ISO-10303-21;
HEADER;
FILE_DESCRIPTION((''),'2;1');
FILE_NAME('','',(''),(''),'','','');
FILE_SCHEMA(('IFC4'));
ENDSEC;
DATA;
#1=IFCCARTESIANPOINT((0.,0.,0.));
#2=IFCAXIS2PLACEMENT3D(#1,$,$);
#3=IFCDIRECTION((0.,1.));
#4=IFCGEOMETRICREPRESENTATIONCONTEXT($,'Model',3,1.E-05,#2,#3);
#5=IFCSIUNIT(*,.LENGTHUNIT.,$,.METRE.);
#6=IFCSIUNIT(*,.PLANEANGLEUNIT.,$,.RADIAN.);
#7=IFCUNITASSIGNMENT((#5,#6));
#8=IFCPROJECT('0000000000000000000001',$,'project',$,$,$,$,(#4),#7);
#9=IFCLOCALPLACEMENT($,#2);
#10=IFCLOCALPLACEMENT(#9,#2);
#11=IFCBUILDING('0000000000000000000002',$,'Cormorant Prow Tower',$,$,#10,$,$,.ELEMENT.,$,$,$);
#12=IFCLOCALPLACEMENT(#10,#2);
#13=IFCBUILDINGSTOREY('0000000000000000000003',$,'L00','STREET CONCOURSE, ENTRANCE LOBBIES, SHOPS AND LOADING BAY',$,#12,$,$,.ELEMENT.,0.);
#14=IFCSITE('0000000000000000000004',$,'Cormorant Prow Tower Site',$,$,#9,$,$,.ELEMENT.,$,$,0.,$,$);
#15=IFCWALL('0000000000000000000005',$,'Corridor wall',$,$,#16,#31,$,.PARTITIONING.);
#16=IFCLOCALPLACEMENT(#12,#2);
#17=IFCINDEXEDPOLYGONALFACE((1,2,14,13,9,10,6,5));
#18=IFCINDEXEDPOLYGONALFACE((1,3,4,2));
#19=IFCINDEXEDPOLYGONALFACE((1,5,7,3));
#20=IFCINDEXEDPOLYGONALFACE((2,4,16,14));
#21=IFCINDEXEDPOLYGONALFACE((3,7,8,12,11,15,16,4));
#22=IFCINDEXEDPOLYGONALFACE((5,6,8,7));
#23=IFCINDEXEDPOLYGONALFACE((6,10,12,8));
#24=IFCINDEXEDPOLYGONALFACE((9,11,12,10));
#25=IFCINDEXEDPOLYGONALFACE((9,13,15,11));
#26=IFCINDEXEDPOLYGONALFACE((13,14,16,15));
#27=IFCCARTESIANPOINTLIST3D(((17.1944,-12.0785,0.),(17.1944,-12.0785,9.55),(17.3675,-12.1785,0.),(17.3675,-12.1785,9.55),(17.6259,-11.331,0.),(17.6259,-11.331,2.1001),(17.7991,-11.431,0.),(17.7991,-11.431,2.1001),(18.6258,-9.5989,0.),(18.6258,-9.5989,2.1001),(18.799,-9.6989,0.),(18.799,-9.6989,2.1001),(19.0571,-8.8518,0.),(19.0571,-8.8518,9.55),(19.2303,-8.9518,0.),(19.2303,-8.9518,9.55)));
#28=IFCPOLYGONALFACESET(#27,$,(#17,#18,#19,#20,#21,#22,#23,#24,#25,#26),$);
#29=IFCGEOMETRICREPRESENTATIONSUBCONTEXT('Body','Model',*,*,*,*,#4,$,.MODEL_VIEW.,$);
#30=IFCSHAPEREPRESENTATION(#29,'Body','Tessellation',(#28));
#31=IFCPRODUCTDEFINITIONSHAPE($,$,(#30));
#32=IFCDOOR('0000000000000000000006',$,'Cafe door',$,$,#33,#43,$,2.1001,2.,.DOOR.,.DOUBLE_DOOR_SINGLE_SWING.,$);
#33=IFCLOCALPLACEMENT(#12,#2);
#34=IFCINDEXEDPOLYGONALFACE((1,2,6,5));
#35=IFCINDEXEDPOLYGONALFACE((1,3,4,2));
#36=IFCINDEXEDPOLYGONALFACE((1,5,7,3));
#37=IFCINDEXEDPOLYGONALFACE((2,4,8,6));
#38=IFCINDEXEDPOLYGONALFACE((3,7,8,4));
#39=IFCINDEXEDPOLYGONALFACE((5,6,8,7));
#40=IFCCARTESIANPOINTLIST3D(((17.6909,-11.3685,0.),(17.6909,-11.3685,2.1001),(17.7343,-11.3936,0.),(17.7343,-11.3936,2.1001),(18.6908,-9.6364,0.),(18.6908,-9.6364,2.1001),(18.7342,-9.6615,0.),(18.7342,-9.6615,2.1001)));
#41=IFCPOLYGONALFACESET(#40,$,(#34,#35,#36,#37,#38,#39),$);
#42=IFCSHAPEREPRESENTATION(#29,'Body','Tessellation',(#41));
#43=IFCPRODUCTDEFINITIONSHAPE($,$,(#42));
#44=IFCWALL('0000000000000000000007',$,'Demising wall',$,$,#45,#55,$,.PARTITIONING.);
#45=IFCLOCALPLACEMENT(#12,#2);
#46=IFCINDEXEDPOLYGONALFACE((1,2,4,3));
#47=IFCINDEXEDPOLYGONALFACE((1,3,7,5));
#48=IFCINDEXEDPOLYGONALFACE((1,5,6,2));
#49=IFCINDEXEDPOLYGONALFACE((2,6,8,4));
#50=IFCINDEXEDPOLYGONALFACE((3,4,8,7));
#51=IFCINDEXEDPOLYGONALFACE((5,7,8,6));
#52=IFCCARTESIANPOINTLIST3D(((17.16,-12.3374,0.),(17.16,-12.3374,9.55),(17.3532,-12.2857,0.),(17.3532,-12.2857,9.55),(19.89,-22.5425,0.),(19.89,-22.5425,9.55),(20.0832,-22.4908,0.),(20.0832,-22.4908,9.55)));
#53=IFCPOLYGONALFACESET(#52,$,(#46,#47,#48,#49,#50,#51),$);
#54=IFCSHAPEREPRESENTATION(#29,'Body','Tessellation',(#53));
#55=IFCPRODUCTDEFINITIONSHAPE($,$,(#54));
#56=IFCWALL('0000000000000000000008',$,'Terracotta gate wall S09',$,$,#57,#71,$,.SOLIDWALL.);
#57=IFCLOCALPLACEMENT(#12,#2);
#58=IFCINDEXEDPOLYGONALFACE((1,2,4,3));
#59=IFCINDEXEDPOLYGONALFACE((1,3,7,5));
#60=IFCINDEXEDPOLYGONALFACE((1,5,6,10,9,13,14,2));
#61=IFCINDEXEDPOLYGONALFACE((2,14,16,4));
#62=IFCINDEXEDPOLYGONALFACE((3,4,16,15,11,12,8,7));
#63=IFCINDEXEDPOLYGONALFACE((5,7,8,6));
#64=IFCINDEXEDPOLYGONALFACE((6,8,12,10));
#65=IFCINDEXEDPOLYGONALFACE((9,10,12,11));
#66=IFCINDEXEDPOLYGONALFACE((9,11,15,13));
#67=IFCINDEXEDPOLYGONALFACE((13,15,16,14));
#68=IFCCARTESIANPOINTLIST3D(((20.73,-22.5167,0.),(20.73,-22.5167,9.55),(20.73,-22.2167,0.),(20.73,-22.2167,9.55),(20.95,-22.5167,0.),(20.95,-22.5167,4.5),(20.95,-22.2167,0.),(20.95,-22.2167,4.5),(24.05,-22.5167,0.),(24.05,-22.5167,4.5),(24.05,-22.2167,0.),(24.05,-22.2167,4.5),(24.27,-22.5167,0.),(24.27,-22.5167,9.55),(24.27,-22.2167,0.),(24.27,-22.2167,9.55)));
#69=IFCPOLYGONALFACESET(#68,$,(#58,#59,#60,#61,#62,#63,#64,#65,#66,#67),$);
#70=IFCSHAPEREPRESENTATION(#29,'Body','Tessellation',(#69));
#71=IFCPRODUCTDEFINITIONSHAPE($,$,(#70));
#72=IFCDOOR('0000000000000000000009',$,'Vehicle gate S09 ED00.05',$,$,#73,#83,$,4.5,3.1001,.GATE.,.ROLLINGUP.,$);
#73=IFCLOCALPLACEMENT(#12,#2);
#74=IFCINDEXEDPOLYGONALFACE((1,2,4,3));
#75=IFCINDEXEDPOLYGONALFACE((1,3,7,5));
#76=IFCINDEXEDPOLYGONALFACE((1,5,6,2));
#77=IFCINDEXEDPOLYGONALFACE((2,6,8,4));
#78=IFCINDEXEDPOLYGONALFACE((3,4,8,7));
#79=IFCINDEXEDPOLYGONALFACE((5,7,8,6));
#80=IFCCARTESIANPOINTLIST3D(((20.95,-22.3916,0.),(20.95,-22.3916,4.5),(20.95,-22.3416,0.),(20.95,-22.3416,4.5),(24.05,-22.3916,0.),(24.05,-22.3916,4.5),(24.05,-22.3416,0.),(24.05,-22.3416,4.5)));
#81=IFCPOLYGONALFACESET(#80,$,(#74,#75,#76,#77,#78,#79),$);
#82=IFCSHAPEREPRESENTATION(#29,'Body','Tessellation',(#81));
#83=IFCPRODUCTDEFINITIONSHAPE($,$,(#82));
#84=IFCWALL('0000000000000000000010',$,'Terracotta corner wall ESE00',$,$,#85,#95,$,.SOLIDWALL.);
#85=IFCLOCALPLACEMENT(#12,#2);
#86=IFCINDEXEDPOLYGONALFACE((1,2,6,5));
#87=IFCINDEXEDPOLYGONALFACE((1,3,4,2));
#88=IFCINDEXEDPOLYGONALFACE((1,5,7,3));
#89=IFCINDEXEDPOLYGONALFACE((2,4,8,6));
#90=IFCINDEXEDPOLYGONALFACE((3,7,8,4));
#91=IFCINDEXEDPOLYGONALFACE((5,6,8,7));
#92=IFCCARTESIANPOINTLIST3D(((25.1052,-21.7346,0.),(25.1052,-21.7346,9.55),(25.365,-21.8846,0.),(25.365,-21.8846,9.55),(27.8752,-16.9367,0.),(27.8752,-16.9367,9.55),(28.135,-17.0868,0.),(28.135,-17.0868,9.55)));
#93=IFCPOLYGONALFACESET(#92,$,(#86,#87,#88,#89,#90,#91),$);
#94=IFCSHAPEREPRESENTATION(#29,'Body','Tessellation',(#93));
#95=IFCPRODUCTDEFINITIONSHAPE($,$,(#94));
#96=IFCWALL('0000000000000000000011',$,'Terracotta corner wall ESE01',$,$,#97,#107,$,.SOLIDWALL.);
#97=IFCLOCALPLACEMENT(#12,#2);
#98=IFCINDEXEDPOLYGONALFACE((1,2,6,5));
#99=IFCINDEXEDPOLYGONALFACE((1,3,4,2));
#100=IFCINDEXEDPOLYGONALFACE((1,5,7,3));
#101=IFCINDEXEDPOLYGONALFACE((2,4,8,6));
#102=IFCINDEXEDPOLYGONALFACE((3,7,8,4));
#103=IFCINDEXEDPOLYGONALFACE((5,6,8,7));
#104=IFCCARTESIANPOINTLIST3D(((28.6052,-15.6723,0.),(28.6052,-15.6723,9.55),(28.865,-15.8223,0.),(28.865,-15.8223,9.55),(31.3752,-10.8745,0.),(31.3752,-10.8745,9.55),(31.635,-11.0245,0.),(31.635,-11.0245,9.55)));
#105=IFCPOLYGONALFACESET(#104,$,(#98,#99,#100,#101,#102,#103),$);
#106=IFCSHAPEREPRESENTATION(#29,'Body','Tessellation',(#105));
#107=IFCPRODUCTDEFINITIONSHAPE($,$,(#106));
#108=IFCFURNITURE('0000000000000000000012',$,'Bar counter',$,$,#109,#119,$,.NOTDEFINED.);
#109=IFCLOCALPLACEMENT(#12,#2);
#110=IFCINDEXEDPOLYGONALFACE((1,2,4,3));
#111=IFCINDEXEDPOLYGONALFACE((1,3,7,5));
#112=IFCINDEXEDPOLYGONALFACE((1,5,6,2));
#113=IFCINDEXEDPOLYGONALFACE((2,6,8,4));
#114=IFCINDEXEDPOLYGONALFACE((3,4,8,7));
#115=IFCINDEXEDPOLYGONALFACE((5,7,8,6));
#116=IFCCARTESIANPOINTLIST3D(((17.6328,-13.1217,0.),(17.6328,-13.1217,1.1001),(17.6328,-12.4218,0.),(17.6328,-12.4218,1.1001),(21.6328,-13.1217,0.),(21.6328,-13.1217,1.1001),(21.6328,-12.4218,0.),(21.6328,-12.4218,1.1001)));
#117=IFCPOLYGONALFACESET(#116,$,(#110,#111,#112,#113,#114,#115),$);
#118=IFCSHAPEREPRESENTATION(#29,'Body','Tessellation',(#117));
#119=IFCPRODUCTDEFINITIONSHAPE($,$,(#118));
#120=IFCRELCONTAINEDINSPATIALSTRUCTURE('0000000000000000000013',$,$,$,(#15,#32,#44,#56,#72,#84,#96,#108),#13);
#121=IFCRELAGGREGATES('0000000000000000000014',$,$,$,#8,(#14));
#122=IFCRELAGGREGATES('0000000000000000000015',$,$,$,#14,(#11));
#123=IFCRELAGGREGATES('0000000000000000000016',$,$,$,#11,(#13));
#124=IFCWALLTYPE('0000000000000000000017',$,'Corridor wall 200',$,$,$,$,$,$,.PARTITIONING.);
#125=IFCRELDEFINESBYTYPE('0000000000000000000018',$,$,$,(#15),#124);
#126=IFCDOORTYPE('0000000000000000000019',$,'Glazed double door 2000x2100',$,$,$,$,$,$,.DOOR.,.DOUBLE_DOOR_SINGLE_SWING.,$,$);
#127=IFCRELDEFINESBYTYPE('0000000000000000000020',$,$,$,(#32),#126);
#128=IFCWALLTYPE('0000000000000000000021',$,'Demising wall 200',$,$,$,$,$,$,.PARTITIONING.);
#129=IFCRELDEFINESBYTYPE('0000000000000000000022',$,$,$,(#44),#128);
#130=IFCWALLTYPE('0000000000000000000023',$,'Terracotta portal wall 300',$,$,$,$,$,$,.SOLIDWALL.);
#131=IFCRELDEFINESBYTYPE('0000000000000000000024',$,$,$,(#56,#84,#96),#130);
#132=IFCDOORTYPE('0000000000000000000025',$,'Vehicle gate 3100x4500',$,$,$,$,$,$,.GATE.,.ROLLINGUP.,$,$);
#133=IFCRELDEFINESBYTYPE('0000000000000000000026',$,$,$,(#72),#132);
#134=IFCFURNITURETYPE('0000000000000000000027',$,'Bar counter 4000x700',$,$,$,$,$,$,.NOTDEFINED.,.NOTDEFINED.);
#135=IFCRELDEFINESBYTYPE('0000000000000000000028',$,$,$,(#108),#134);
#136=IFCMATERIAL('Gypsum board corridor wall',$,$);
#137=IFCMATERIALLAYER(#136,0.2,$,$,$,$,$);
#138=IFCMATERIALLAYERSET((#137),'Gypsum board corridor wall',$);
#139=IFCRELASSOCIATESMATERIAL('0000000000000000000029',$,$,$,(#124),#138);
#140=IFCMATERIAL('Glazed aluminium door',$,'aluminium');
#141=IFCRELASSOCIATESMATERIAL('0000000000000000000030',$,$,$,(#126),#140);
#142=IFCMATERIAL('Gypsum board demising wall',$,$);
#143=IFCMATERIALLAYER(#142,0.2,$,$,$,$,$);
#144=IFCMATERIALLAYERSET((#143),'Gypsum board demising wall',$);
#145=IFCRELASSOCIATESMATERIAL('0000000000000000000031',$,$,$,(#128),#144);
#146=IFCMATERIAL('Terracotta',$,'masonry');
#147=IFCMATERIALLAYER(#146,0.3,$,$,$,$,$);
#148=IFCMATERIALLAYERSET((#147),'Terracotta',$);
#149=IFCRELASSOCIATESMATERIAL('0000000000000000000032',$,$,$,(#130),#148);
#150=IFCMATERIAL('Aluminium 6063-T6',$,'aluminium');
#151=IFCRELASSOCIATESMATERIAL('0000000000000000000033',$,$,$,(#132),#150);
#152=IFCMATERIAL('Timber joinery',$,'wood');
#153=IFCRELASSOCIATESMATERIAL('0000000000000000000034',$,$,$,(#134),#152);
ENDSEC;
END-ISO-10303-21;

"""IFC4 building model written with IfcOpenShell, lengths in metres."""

from ifc_helpers import new_model, si_unit, direction, frame, frame_2d, origin, origin_2d, place, context, subcontext, project, spatial, rectangle, extrude, material, layer, layer_set, type_object, element, fill, save


model = new_model("IFC4")

# Units and contexts
model_context = context("Model", 3, precision=1e-05, world=origin(), true_north=direction((0.0, 1.0)))
body_context = subcontext(model_context, "Body", "Model", "MODEL_VIEW")
ifc_project = project(units=[si_unit("LENGTHUNIT", "METRE"), si_unit("PLANEANGLEUNIT", "RADIAN")], contexts=[model_context])

# Site, building, storey
site_placement = place(None, origin())
site = spatial("IfcSite", under=ifc_project, at=site_placement, Name="Cormorant Prow Tower Site", CompositionType="ELEMENT", RefElevation=0.0)
building_placement = place(site_placement, origin())
building = spatial("IfcBuilding", under=site, at=building_placement, Name="Cormorant Prow Tower", CompositionType="ELEMENT")
storey_placement = place(building_placement, origin())
storey = spatial("IfcBuildingStorey", under=building, at=storey_placement, Name="L00", Description="STREET CONCOURSE, ENTRANCE LOBBIES, SHOPS AND LOADING BAY", CompositionType="ELEMENT", Elevation=0.0)

# Wall, opening, door
ifc_material_1 = material(Name="Gypsum board corridor wall")
ifc_layer_1 = layer(ifc_material_1, 0.2)
ifc_layer_set_1 = layer_set([ifc_layer_1], Name="Gypsum board corridor wall")
wall_type_1 = type_object("IfcWallType", Name="Corridor wall 200", PredefinedType="PARTITIONING", material=ifc_layer_set_1)
wall_1_placement = place(storey_placement, frame((17.281, -12.1284, 0.0), z_axis=(0.0, 0.0, 1.0), x_axis=(0.499959, 0.866049, 0.0)))
wall_1 = element("IfcWall", 1, at=wall_1_placement, inside=storey, type_object=wall_type_1, Name="Corridor wall", PredefinedType="PARTITIONING", context=body_context, shape_type="SweptSolid", body=[
    extrude(rectangle(XDim=3.7258, YDim=0.2, at=frame_2d((1.8628, 0.0))), origin(), (0.0, 0.0, 1.0), 9.55),
])
opening_1_placement = place(wall_1_placement, frame((0.863, 0.0, 0.0)))
opening_1 = element("IfcOpeningElement", 2, at=opening_1_placement, cuts=wall_1, PredefinedType="OPENING", context=body_context, shape_type="SweptSolid", body=[
    extrude(rectangle(XDim=2.0, YDim=2.1001, at=frame_2d((1.0, 1.05))), frame((0.0, 0.1099, 0.0), z_axis=(0.0, -1.0, 0.0), x_axis=(1.0, 0.0, 0.0)), (0.0, 0.0, 1.0), 0.22),
])
ifc_material_2 = material(Name="Glazed aluminium door", Category="aluminium")
door_type_1 = type_object("IfcDoorType", Name="Glazed double door 2000x2100", OperationType="DOUBLE_DOOR_SINGLE_SWING", PredefinedType="DOOR", material=ifc_material_2)
door_1_placement = place(opening_1_placement, origin())
door_1 = element("IfcDoor", 3, at=door_1_placement, inside=storey, type_object=door_type_1, Name="Cafe door", OperationType="DOUBLE_DOOR_SINGLE_SWING", OverallHeight=2.1001, OverallWidth=2.0, PredefinedType="DOOR", context=body_context, shape_type="SweptSolid", body=[
    extrude(rectangle(XDim=2.0, YDim=2.1001, at=frame_2d((1.0, 1.05))), frame((0.0, 0.0249, 0.0), z_axis=(0.0, -1.0, 0.0), x_axis=(1.0, 0.0, 0.0)), (0.0, 0.0, 1.0), 0.05),
])
fill(opening_1, door_1)

# Wall
ifc_material_3 = material(Name="Gypsum board demising wall")
ifc_layer_2 = layer(ifc_material_3, 0.2)
ifc_layer_set_2 = layer_set([ifc_layer_2], Name="Gypsum board demising wall")
wall_type_2 = type_object("IfcWallType", Name="Demising wall 200", PredefinedType="PARTITIONING", material=ifc_layer_set_2)
wall_2_placement = place(storey_placement, frame((17.2566, -12.3115, 0.0), z_axis=(0.0, 0.0, 1.0), x_axis=(0.258425, -0.966031, 0.0)))
element("IfcWall", 4, at=wall_2_placement, inside=storey, type_object=wall_type_2, Name="Demising wall", PredefinedType="PARTITIONING", context=body_context, shape_type="SweptSolid", body=[
    extrude(rectangle(XDim=10.564, YDim=0.2, at=frame_2d((5.282, 0.0))), origin(), (0.0, 0.0, 1.0), 9.55),
])

# Wall, opening, door
ifc_material_4 = material(Name="Terracotta", Category="masonry")
ifc_layer_3 = layer(ifc_material_4, 0.3)
ifc_layer_set_3 = layer_set([ifc_layer_3], Name="Terracotta")
wall_type_3 = type_object("IfcWallType", Name="Terracotta portal wall 300", PredefinedType="SOLIDWALL", material=ifc_layer_set_3)
wall_3_placement = place(storey_placement, frame((24.27, -22.3667, 0.0), z_axis=(0.0, 0.0, 1.0), x_axis=(-1.0, 0.0, 0.0)))
wall_3 = element("IfcWall", 5, at=wall_3_placement, inside=storey, type_object=wall_type_3, Name="Terracotta gate wall S09", PredefinedType="SOLIDWALL", context=body_context, shape_type="SweptSolid", body=[
    extrude(rectangle(XDim=3.54, YDim=0.3, at=frame_2d((1.77, 0.0))), origin(), (0.0, 0.0, 1.0), 9.55),
])
opening_2_placement = place(wall_3_placement, frame((0.22, 0.0, 0.0)))
opening_2 = element("IfcOpeningElement", 6, at=opening_2_placement, cuts=wall_3, PredefinedType="OPENING", context=body_context, shape_type="SweptSolid", body=[
    extrude(rectangle(XDim=3.1001, YDim=4.5, at=frame_2d((1.55, 2.25))), frame((0.0, 0.1599, 0.0), z_axis=(0.0, -1.0, 0.0), x_axis=(1.0, 0.0, 0.0)), (0.0, 0.0, 1.0), 0.3201),
])
ifc_material_5 = material(Name="Aluminium 6063-T6", Category="aluminium")
door_type_2 = type_object("IfcDoorType", Name="Vehicle gate 3100x4500", OperationType="ROLLINGUP", PredefinedType="GATE", material=ifc_material_5)
door_2_placement = place(opening_2_placement, origin())
door_2 = element("IfcDoor", 7, at=door_2_placement, inside=storey, type_object=door_type_2, Name="Vehicle gate S09 ED00.05", OperationType="ROLLINGUP", OverallHeight=4.5, OverallWidth=3.1001, PredefinedType="GATE", context=body_context, shape_type="SweptSolid", body=[
    extrude(rectangle(XDim=3.1001, YDim=4.5, at=frame_2d((1.55, 2.25))), frame((0.0, 0.0249, 0.0), z_axis=(0.0, -1.0, 0.0), x_axis=(1.0, 0.0, 0.0)), (0.0, 0.0, 1.0), 0.05),
])
fill(opening_2, door_2)

# Walls
for number, where, z_axis, x_axis, name in (
    (8, (25.2351, -21.8096, 0.0), (0.0, 0.0, 1.0), (0.499997, 0.866027, 0.0), "Terracotta corner wall ESE00"),
    (9, (28.7351, -15.7473, 0.0), (0.0, 0.0, 1.0), (0.499997, 0.866027, 0.0), "Terracotta corner wall ESE01"),
):
    element("IfcWall", number, at=place(storey_placement, frame(where, z_axis=z_axis, x_axis=x_axis)), inside=storey, type_object=wall_type_3, Name=name, PredefinedType="SOLIDWALL", context=body_context, shape_type="SweptSolid", body=[
        extrude(rectangle(XDim=5.54, YDim=0.3, at=frame_2d((2.77, 0.0))), origin(), (0.0, 0.0, 1.0), 9.55),
    ])

# Furniture
ifc_material_6 = material(Name="Timber joinery", Category="wood")
furniture_type = type_object("IfcFurnitureType", Name="Bar counter 4000x700", AssemblyPlace="NOTDEFINED", PredefinedType="NOTDEFINED", material=ifc_material_6)
furniture_placement = place(storey_placement, frame((19.6328, -12.7717, 0.0), z_axis=(0.0, 0.0, 1.0), x_axis=(1.0, 0.0, 0.0)))
element("IfcFurniture", 10, at=furniture_placement, inside=storey, type_object=furniture_type, Name="Bar counter", PredefinedType="NOTDEFINED", context=body_context, shape_type="SweptSolid", body=[
    extrude(rectangle(XDim=4.0, YDim=0.7, at=origin_2d()), origin(), (0.0, 0.0, 1.0), 1.1001),
])

save(model, "model.ifc")
